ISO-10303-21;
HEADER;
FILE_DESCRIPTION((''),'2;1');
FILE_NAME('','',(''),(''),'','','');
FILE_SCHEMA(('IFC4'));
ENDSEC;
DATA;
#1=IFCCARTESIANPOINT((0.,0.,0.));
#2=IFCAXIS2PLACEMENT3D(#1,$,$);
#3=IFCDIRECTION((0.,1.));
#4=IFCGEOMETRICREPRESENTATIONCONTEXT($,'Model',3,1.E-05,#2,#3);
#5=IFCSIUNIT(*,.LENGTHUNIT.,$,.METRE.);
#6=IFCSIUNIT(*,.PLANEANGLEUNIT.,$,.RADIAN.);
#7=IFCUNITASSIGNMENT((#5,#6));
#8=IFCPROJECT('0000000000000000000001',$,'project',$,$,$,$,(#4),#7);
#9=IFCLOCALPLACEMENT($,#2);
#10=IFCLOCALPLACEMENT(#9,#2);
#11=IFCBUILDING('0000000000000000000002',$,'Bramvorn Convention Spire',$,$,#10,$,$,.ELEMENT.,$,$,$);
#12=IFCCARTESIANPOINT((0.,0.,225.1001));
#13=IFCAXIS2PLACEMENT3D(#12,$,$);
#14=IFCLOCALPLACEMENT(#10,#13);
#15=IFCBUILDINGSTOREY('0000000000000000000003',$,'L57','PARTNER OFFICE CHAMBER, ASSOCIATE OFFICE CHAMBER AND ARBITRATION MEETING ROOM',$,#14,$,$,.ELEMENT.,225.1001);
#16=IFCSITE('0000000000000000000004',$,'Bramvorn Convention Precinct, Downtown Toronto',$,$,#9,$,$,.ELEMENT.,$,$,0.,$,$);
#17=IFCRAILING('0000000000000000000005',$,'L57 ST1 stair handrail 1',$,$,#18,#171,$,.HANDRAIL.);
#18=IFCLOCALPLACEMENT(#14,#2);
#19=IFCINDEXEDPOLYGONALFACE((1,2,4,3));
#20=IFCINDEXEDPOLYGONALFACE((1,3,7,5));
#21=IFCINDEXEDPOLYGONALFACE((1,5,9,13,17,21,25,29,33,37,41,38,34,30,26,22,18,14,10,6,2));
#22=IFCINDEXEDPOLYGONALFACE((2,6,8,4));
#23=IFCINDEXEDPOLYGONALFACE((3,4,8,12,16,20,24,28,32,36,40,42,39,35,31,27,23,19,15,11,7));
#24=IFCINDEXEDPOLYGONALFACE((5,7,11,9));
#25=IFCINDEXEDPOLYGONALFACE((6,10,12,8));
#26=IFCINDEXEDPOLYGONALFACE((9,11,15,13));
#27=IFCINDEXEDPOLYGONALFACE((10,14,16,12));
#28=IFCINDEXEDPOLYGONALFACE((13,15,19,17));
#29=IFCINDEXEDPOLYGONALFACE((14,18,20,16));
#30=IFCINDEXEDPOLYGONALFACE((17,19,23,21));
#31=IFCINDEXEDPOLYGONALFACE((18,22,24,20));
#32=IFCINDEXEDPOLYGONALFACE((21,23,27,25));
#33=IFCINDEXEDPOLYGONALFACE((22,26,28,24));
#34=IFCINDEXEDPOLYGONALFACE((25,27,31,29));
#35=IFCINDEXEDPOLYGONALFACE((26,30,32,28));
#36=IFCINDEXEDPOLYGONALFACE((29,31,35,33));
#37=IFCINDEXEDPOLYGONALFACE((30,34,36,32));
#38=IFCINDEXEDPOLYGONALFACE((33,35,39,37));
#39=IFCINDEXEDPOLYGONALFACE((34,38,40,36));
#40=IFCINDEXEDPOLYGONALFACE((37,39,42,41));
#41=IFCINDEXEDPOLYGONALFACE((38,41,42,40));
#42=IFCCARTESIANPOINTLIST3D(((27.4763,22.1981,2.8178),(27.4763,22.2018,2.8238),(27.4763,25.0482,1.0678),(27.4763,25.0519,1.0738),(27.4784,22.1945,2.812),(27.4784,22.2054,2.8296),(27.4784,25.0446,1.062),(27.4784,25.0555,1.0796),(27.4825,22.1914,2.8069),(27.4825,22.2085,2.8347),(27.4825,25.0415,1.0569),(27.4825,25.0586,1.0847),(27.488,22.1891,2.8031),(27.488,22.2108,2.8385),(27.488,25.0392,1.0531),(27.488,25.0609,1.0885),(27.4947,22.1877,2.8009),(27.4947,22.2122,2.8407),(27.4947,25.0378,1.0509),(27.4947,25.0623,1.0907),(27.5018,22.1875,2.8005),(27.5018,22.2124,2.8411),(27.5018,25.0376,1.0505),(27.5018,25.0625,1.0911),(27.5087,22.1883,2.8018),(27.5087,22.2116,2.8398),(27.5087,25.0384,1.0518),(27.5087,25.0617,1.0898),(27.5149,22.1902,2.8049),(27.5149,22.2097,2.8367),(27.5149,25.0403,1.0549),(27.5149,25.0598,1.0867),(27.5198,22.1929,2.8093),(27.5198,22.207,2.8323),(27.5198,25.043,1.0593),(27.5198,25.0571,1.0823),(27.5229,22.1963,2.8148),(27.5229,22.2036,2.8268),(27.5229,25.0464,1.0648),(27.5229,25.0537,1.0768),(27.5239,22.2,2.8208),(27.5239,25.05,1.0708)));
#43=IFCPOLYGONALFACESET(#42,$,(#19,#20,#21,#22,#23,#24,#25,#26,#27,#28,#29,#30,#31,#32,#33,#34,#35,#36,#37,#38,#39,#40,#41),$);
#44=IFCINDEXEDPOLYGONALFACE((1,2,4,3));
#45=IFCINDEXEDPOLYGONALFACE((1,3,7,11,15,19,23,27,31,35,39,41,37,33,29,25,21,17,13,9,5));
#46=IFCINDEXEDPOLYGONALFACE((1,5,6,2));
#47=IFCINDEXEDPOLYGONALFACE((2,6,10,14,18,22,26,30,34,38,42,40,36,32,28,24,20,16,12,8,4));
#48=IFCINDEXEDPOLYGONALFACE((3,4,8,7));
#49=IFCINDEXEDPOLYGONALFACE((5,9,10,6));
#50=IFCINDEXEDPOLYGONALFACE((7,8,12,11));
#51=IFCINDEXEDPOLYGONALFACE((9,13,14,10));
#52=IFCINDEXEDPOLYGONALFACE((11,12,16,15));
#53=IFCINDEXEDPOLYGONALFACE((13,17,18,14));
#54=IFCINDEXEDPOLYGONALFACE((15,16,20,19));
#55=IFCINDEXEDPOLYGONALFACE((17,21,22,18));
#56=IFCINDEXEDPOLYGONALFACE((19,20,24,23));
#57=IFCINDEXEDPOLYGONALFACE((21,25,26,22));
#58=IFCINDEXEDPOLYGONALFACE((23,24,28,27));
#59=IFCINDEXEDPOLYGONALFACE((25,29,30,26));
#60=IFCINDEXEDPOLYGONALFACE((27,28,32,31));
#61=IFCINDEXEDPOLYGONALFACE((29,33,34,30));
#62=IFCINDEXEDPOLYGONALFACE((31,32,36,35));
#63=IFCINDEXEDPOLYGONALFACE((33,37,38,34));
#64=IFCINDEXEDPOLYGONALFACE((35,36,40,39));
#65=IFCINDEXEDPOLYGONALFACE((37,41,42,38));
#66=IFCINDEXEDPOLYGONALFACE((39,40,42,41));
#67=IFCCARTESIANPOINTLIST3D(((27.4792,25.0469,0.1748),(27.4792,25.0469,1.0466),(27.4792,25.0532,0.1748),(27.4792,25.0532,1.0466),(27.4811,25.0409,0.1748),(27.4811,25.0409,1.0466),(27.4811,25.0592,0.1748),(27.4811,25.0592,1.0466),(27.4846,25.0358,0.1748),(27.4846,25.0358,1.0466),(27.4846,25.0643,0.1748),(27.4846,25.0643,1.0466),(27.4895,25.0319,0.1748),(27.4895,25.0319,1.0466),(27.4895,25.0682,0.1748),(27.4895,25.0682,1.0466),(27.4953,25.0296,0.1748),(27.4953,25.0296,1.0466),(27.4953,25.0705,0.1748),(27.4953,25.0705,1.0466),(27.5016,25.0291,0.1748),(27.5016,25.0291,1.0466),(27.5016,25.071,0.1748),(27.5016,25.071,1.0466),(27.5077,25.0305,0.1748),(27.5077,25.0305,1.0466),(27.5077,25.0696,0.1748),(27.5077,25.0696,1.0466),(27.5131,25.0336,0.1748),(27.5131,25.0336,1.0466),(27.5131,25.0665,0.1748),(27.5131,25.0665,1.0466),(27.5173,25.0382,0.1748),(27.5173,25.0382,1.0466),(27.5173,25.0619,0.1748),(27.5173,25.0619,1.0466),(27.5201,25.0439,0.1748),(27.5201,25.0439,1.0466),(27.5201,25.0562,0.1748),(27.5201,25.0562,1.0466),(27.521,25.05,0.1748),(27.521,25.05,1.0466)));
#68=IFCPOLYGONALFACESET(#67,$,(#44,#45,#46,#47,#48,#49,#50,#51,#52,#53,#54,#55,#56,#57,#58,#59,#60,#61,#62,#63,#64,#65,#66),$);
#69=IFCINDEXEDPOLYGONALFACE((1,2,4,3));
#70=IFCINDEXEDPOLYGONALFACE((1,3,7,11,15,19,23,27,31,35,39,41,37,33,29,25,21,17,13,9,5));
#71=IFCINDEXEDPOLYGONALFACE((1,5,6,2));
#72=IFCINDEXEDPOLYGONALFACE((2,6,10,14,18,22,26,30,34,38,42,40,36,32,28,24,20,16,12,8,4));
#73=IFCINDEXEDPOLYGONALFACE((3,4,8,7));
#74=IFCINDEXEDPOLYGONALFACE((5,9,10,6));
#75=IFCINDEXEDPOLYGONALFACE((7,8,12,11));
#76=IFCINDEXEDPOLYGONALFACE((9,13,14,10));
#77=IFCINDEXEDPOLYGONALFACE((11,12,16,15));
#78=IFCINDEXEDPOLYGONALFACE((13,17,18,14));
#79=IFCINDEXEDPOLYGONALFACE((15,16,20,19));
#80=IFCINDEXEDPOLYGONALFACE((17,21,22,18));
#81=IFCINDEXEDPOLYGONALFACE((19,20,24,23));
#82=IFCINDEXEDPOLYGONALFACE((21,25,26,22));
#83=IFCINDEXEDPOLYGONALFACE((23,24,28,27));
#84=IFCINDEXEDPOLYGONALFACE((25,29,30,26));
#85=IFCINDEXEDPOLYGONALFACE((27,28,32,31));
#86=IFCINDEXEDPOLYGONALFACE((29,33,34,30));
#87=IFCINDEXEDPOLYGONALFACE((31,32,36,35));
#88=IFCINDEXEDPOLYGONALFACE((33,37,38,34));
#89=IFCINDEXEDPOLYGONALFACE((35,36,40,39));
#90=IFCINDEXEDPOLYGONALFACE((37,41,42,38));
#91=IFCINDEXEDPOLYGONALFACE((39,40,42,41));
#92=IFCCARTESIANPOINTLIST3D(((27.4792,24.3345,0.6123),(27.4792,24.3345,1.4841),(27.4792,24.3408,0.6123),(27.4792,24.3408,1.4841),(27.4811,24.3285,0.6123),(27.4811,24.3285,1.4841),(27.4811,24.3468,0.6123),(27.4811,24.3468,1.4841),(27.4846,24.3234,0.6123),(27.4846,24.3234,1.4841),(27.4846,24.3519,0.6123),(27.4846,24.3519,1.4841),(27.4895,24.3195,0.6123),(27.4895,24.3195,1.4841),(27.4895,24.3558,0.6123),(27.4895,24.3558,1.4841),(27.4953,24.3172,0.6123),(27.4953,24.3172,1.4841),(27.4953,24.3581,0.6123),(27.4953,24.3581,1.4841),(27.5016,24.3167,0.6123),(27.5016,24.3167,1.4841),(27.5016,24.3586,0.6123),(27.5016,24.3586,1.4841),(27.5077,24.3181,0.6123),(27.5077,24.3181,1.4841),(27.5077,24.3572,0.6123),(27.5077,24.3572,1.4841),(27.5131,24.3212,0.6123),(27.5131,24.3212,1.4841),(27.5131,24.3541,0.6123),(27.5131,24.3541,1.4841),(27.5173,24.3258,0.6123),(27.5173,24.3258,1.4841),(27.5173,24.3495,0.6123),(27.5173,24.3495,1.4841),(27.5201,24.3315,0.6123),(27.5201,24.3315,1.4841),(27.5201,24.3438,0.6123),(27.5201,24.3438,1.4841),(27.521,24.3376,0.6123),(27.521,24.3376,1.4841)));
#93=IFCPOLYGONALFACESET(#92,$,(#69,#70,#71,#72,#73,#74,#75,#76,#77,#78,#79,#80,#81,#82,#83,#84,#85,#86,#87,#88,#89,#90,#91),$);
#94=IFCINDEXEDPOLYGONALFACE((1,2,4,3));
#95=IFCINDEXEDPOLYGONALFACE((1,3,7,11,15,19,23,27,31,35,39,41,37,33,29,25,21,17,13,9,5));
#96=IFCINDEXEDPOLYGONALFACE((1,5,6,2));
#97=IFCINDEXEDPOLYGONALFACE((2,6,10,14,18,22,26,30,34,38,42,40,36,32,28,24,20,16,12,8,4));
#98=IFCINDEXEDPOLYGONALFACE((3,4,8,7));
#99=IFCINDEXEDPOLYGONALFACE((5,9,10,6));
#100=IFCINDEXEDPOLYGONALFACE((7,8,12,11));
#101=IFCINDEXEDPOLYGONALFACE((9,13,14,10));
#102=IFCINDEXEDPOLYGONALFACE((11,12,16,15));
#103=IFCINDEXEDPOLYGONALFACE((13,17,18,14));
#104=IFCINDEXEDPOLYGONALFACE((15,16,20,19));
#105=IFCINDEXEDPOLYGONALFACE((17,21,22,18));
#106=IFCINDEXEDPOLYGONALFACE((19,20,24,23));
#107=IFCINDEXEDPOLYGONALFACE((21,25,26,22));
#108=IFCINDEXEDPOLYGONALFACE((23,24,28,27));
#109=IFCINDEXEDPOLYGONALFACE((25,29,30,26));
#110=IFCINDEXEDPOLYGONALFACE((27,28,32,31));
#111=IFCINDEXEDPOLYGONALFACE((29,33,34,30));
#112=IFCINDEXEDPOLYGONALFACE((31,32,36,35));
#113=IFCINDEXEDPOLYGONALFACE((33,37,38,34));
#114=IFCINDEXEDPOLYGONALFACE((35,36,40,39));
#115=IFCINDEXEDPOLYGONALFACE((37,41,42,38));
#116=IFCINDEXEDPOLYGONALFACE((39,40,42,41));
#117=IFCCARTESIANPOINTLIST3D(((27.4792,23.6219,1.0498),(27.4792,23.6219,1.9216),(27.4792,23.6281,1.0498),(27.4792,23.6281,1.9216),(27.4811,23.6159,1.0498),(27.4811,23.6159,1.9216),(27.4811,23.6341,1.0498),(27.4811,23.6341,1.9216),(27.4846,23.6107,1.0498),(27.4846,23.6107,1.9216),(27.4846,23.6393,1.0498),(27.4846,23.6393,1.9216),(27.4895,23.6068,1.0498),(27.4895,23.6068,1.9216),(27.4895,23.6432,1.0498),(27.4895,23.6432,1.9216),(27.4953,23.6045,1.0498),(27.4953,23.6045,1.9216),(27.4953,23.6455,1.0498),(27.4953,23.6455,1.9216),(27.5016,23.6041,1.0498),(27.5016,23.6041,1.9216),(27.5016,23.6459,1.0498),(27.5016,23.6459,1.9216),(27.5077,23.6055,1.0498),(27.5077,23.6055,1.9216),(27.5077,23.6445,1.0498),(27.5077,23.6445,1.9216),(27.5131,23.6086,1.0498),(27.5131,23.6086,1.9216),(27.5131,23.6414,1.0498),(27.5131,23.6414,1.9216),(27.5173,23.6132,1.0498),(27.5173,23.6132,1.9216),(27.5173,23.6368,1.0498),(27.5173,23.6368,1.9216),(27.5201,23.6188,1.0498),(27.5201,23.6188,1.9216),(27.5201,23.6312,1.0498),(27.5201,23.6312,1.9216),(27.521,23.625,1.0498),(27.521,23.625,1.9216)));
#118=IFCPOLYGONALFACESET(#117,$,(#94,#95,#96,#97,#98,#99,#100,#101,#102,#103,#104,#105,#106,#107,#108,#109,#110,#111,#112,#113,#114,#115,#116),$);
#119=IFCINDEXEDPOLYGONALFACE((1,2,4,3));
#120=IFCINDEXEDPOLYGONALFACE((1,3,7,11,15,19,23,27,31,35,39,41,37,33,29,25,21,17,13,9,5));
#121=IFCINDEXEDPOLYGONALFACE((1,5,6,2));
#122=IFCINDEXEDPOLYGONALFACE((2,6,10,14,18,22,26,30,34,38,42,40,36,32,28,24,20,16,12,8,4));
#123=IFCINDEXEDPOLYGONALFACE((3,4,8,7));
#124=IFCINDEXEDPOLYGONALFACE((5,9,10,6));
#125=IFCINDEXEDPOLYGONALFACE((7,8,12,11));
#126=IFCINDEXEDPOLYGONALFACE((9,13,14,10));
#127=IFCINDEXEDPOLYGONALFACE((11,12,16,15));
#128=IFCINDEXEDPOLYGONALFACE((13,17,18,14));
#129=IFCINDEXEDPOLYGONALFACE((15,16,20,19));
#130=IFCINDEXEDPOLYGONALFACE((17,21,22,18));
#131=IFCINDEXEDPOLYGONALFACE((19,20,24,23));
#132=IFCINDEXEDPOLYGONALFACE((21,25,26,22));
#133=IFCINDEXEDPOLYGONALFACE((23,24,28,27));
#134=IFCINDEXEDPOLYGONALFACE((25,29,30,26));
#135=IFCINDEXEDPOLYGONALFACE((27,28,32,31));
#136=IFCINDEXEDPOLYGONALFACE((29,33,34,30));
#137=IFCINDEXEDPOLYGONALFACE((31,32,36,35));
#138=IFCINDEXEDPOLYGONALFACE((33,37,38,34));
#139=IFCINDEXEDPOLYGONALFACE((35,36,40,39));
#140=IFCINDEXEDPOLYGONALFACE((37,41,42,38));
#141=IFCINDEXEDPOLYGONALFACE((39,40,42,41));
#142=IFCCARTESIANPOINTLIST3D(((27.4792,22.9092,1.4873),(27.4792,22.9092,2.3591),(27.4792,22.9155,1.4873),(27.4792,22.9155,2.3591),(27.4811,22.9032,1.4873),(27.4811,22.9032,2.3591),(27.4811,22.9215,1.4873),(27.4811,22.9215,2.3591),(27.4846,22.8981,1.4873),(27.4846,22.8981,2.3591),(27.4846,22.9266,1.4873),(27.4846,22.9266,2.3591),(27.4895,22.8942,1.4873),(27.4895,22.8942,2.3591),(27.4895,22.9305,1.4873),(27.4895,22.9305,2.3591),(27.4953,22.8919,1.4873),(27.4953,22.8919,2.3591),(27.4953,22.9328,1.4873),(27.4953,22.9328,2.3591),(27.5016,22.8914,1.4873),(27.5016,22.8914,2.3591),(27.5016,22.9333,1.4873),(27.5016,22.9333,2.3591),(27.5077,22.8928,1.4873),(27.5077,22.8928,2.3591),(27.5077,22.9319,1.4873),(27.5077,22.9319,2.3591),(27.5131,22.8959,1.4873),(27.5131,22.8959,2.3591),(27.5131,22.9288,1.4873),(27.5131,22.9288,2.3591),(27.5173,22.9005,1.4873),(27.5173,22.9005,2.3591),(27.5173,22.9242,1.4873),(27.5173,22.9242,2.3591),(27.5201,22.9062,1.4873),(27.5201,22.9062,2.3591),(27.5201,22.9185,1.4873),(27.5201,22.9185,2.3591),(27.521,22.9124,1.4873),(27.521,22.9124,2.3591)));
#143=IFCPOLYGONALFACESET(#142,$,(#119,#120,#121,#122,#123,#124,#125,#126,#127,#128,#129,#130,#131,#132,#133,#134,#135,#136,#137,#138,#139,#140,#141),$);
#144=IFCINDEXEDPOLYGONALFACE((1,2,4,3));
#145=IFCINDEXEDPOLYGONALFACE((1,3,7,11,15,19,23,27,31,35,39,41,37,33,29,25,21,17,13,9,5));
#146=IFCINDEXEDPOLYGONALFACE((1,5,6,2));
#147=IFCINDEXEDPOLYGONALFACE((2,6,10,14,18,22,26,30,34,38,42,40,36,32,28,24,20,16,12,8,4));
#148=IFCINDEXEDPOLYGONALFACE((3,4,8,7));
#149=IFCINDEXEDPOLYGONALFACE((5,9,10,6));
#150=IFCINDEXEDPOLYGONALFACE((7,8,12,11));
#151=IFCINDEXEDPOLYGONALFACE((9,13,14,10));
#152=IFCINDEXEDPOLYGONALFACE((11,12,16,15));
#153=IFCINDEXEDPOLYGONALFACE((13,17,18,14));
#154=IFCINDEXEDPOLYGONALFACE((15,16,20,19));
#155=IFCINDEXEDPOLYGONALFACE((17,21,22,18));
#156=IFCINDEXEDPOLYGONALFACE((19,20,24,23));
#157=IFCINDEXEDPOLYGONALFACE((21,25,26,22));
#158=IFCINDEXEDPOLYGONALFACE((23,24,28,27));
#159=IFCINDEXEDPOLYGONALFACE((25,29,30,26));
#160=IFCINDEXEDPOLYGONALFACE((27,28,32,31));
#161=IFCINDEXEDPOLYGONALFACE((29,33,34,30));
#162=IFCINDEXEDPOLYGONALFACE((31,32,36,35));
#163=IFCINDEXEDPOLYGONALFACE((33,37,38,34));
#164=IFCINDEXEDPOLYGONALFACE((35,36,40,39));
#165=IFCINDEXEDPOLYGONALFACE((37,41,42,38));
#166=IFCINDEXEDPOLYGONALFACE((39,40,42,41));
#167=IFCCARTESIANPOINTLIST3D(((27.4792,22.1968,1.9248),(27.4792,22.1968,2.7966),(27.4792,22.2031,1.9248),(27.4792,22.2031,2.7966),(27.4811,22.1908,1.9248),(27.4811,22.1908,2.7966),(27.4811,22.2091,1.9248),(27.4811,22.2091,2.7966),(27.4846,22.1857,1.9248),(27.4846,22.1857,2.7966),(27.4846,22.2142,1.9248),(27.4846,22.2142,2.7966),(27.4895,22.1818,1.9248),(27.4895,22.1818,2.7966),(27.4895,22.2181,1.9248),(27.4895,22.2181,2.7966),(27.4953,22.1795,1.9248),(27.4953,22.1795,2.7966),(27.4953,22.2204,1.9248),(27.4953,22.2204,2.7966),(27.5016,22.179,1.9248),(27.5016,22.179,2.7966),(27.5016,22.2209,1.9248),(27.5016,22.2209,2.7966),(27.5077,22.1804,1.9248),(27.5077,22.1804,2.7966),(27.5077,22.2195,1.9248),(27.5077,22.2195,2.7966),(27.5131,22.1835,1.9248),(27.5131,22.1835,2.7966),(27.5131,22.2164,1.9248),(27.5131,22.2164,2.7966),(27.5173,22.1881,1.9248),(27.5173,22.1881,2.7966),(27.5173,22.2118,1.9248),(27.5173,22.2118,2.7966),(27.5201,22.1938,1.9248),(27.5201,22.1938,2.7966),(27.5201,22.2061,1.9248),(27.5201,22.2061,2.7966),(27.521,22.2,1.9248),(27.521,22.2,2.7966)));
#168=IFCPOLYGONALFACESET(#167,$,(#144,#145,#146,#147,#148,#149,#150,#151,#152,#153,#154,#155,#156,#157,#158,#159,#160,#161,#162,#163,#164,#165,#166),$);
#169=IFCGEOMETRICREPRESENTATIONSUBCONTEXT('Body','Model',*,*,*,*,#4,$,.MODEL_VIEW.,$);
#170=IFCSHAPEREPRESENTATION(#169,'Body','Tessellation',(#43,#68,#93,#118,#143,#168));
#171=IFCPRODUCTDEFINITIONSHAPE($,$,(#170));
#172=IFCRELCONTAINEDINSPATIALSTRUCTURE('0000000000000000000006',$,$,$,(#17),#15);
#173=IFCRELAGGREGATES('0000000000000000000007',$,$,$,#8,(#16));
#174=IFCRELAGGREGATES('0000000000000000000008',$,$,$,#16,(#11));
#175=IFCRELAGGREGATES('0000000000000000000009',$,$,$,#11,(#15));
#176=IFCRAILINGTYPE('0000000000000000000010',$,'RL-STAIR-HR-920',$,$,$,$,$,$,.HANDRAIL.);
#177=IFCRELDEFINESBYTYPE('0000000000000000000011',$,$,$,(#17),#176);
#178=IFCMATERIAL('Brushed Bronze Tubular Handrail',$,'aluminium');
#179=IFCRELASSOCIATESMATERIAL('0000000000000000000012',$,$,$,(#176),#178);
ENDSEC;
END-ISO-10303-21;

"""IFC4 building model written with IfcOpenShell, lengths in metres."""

from ifc_helpers import new_model, si_unit, direction, frame, origin, origin_2d, place, context, subcontext, project, spatial, circle, extrude, material, type_object, element, save


model = new_model("IFC4")

# Units and contexts
model_context = context("Model", 3, precision=1e-05, world=origin(), true_north=direction((0.0, 1.0)))
body_context = subcontext(model_context, "Body", "Model", "MODEL_VIEW")
ifc_project = project(units=[si_unit("LENGTHUNIT", "METRE"), si_unit("PLANEANGLEUNIT", "RADIAN")], contexts=[model_context])

# Site, building, storey
site_placement = place(None, origin())
site = spatial("IfcSite", under=ifc_project, at=site_placement, Name="Bramvorn Convention Precinct, Downtown Toronto", CompositionType="ELEMENT", RefElevation=0.0)
building_placement = place(site_placement, origin())
building = spatial("IfcBuilding", under=site, at=building_placement, Name="Bramvorn Convention Spire", CompositionType="ELEMENT")
storey_placement = place(building_placement, frame((0.0, 0.0, 225.1001)))
storey = spatial("IfcBuildingStorey", under=building, at=storey_placement, Name="L57", Description="PARTNER OFFICE CHAMBER, ASSOCIATE OFFICE CHAMBER AND ARBITRATION MEETING ROOM", CompositionType="ELEMENT", Elevation=225.1001)

# Railing
ifc_material_1 = material(Name="Brushed Bronze Tubular Handrail", Category="aluminium")
railing_type_1 = type_object("IfcRailingType", Name="RL-STAIR-HR-920", PredefinedType="HANDRAIL", material=ifc_material_1)
railing_1_placement = place(storey_placement, frame((27.5, 25.05, 0.1748)))
element("IfcRailing", 1, at=railing_1_placement, inside=storey, type_object=railing_type_1, Name="L57 ST1 stair handrail 1", PredefinedType="HANDRAIL", context=body_context, shape_type="SweptSolid", body=[
    extrude(circle(Radius=0.0239, at=origin_2d()), frame((0.0, 0.0, 0.896), z_axis=(0.0, -0.852179, 0.52325), x_axis=(1.0, 0.0, 0.0)), (0.0, 0.0, 1.0), 3.3445),
    extrude(circle(Radius=0.021, at=origin_2d()), origin(), (0.0, 0.0, 1.0), 0.8718),
    extrude(circle(Radius=0.021, at=origin_2d()), frame((0.0, -0.7124, 0.4375)), (0.0, 0.0, 1.0), 0.8718),
    extrude(circle(Radius=0.021, at=origin_2d()), frame((0.0, -1.425, 0.875)), (0.0, 0.0, 1.0), 0.8718),
    extrude(circle(Radius=0.021, at=origin_2d()), frame((0.0, -2.1377, 1.3125)), (0.0, 0.0, 1.0), 0.8718),
    extrude(circle(Radius=0.021, at=origin_2d()), frame((0.0, -2.8501, 1.75)), (0.0, 0.0, 1.0), 0.8718),
])

save(model, "model.ifc")
